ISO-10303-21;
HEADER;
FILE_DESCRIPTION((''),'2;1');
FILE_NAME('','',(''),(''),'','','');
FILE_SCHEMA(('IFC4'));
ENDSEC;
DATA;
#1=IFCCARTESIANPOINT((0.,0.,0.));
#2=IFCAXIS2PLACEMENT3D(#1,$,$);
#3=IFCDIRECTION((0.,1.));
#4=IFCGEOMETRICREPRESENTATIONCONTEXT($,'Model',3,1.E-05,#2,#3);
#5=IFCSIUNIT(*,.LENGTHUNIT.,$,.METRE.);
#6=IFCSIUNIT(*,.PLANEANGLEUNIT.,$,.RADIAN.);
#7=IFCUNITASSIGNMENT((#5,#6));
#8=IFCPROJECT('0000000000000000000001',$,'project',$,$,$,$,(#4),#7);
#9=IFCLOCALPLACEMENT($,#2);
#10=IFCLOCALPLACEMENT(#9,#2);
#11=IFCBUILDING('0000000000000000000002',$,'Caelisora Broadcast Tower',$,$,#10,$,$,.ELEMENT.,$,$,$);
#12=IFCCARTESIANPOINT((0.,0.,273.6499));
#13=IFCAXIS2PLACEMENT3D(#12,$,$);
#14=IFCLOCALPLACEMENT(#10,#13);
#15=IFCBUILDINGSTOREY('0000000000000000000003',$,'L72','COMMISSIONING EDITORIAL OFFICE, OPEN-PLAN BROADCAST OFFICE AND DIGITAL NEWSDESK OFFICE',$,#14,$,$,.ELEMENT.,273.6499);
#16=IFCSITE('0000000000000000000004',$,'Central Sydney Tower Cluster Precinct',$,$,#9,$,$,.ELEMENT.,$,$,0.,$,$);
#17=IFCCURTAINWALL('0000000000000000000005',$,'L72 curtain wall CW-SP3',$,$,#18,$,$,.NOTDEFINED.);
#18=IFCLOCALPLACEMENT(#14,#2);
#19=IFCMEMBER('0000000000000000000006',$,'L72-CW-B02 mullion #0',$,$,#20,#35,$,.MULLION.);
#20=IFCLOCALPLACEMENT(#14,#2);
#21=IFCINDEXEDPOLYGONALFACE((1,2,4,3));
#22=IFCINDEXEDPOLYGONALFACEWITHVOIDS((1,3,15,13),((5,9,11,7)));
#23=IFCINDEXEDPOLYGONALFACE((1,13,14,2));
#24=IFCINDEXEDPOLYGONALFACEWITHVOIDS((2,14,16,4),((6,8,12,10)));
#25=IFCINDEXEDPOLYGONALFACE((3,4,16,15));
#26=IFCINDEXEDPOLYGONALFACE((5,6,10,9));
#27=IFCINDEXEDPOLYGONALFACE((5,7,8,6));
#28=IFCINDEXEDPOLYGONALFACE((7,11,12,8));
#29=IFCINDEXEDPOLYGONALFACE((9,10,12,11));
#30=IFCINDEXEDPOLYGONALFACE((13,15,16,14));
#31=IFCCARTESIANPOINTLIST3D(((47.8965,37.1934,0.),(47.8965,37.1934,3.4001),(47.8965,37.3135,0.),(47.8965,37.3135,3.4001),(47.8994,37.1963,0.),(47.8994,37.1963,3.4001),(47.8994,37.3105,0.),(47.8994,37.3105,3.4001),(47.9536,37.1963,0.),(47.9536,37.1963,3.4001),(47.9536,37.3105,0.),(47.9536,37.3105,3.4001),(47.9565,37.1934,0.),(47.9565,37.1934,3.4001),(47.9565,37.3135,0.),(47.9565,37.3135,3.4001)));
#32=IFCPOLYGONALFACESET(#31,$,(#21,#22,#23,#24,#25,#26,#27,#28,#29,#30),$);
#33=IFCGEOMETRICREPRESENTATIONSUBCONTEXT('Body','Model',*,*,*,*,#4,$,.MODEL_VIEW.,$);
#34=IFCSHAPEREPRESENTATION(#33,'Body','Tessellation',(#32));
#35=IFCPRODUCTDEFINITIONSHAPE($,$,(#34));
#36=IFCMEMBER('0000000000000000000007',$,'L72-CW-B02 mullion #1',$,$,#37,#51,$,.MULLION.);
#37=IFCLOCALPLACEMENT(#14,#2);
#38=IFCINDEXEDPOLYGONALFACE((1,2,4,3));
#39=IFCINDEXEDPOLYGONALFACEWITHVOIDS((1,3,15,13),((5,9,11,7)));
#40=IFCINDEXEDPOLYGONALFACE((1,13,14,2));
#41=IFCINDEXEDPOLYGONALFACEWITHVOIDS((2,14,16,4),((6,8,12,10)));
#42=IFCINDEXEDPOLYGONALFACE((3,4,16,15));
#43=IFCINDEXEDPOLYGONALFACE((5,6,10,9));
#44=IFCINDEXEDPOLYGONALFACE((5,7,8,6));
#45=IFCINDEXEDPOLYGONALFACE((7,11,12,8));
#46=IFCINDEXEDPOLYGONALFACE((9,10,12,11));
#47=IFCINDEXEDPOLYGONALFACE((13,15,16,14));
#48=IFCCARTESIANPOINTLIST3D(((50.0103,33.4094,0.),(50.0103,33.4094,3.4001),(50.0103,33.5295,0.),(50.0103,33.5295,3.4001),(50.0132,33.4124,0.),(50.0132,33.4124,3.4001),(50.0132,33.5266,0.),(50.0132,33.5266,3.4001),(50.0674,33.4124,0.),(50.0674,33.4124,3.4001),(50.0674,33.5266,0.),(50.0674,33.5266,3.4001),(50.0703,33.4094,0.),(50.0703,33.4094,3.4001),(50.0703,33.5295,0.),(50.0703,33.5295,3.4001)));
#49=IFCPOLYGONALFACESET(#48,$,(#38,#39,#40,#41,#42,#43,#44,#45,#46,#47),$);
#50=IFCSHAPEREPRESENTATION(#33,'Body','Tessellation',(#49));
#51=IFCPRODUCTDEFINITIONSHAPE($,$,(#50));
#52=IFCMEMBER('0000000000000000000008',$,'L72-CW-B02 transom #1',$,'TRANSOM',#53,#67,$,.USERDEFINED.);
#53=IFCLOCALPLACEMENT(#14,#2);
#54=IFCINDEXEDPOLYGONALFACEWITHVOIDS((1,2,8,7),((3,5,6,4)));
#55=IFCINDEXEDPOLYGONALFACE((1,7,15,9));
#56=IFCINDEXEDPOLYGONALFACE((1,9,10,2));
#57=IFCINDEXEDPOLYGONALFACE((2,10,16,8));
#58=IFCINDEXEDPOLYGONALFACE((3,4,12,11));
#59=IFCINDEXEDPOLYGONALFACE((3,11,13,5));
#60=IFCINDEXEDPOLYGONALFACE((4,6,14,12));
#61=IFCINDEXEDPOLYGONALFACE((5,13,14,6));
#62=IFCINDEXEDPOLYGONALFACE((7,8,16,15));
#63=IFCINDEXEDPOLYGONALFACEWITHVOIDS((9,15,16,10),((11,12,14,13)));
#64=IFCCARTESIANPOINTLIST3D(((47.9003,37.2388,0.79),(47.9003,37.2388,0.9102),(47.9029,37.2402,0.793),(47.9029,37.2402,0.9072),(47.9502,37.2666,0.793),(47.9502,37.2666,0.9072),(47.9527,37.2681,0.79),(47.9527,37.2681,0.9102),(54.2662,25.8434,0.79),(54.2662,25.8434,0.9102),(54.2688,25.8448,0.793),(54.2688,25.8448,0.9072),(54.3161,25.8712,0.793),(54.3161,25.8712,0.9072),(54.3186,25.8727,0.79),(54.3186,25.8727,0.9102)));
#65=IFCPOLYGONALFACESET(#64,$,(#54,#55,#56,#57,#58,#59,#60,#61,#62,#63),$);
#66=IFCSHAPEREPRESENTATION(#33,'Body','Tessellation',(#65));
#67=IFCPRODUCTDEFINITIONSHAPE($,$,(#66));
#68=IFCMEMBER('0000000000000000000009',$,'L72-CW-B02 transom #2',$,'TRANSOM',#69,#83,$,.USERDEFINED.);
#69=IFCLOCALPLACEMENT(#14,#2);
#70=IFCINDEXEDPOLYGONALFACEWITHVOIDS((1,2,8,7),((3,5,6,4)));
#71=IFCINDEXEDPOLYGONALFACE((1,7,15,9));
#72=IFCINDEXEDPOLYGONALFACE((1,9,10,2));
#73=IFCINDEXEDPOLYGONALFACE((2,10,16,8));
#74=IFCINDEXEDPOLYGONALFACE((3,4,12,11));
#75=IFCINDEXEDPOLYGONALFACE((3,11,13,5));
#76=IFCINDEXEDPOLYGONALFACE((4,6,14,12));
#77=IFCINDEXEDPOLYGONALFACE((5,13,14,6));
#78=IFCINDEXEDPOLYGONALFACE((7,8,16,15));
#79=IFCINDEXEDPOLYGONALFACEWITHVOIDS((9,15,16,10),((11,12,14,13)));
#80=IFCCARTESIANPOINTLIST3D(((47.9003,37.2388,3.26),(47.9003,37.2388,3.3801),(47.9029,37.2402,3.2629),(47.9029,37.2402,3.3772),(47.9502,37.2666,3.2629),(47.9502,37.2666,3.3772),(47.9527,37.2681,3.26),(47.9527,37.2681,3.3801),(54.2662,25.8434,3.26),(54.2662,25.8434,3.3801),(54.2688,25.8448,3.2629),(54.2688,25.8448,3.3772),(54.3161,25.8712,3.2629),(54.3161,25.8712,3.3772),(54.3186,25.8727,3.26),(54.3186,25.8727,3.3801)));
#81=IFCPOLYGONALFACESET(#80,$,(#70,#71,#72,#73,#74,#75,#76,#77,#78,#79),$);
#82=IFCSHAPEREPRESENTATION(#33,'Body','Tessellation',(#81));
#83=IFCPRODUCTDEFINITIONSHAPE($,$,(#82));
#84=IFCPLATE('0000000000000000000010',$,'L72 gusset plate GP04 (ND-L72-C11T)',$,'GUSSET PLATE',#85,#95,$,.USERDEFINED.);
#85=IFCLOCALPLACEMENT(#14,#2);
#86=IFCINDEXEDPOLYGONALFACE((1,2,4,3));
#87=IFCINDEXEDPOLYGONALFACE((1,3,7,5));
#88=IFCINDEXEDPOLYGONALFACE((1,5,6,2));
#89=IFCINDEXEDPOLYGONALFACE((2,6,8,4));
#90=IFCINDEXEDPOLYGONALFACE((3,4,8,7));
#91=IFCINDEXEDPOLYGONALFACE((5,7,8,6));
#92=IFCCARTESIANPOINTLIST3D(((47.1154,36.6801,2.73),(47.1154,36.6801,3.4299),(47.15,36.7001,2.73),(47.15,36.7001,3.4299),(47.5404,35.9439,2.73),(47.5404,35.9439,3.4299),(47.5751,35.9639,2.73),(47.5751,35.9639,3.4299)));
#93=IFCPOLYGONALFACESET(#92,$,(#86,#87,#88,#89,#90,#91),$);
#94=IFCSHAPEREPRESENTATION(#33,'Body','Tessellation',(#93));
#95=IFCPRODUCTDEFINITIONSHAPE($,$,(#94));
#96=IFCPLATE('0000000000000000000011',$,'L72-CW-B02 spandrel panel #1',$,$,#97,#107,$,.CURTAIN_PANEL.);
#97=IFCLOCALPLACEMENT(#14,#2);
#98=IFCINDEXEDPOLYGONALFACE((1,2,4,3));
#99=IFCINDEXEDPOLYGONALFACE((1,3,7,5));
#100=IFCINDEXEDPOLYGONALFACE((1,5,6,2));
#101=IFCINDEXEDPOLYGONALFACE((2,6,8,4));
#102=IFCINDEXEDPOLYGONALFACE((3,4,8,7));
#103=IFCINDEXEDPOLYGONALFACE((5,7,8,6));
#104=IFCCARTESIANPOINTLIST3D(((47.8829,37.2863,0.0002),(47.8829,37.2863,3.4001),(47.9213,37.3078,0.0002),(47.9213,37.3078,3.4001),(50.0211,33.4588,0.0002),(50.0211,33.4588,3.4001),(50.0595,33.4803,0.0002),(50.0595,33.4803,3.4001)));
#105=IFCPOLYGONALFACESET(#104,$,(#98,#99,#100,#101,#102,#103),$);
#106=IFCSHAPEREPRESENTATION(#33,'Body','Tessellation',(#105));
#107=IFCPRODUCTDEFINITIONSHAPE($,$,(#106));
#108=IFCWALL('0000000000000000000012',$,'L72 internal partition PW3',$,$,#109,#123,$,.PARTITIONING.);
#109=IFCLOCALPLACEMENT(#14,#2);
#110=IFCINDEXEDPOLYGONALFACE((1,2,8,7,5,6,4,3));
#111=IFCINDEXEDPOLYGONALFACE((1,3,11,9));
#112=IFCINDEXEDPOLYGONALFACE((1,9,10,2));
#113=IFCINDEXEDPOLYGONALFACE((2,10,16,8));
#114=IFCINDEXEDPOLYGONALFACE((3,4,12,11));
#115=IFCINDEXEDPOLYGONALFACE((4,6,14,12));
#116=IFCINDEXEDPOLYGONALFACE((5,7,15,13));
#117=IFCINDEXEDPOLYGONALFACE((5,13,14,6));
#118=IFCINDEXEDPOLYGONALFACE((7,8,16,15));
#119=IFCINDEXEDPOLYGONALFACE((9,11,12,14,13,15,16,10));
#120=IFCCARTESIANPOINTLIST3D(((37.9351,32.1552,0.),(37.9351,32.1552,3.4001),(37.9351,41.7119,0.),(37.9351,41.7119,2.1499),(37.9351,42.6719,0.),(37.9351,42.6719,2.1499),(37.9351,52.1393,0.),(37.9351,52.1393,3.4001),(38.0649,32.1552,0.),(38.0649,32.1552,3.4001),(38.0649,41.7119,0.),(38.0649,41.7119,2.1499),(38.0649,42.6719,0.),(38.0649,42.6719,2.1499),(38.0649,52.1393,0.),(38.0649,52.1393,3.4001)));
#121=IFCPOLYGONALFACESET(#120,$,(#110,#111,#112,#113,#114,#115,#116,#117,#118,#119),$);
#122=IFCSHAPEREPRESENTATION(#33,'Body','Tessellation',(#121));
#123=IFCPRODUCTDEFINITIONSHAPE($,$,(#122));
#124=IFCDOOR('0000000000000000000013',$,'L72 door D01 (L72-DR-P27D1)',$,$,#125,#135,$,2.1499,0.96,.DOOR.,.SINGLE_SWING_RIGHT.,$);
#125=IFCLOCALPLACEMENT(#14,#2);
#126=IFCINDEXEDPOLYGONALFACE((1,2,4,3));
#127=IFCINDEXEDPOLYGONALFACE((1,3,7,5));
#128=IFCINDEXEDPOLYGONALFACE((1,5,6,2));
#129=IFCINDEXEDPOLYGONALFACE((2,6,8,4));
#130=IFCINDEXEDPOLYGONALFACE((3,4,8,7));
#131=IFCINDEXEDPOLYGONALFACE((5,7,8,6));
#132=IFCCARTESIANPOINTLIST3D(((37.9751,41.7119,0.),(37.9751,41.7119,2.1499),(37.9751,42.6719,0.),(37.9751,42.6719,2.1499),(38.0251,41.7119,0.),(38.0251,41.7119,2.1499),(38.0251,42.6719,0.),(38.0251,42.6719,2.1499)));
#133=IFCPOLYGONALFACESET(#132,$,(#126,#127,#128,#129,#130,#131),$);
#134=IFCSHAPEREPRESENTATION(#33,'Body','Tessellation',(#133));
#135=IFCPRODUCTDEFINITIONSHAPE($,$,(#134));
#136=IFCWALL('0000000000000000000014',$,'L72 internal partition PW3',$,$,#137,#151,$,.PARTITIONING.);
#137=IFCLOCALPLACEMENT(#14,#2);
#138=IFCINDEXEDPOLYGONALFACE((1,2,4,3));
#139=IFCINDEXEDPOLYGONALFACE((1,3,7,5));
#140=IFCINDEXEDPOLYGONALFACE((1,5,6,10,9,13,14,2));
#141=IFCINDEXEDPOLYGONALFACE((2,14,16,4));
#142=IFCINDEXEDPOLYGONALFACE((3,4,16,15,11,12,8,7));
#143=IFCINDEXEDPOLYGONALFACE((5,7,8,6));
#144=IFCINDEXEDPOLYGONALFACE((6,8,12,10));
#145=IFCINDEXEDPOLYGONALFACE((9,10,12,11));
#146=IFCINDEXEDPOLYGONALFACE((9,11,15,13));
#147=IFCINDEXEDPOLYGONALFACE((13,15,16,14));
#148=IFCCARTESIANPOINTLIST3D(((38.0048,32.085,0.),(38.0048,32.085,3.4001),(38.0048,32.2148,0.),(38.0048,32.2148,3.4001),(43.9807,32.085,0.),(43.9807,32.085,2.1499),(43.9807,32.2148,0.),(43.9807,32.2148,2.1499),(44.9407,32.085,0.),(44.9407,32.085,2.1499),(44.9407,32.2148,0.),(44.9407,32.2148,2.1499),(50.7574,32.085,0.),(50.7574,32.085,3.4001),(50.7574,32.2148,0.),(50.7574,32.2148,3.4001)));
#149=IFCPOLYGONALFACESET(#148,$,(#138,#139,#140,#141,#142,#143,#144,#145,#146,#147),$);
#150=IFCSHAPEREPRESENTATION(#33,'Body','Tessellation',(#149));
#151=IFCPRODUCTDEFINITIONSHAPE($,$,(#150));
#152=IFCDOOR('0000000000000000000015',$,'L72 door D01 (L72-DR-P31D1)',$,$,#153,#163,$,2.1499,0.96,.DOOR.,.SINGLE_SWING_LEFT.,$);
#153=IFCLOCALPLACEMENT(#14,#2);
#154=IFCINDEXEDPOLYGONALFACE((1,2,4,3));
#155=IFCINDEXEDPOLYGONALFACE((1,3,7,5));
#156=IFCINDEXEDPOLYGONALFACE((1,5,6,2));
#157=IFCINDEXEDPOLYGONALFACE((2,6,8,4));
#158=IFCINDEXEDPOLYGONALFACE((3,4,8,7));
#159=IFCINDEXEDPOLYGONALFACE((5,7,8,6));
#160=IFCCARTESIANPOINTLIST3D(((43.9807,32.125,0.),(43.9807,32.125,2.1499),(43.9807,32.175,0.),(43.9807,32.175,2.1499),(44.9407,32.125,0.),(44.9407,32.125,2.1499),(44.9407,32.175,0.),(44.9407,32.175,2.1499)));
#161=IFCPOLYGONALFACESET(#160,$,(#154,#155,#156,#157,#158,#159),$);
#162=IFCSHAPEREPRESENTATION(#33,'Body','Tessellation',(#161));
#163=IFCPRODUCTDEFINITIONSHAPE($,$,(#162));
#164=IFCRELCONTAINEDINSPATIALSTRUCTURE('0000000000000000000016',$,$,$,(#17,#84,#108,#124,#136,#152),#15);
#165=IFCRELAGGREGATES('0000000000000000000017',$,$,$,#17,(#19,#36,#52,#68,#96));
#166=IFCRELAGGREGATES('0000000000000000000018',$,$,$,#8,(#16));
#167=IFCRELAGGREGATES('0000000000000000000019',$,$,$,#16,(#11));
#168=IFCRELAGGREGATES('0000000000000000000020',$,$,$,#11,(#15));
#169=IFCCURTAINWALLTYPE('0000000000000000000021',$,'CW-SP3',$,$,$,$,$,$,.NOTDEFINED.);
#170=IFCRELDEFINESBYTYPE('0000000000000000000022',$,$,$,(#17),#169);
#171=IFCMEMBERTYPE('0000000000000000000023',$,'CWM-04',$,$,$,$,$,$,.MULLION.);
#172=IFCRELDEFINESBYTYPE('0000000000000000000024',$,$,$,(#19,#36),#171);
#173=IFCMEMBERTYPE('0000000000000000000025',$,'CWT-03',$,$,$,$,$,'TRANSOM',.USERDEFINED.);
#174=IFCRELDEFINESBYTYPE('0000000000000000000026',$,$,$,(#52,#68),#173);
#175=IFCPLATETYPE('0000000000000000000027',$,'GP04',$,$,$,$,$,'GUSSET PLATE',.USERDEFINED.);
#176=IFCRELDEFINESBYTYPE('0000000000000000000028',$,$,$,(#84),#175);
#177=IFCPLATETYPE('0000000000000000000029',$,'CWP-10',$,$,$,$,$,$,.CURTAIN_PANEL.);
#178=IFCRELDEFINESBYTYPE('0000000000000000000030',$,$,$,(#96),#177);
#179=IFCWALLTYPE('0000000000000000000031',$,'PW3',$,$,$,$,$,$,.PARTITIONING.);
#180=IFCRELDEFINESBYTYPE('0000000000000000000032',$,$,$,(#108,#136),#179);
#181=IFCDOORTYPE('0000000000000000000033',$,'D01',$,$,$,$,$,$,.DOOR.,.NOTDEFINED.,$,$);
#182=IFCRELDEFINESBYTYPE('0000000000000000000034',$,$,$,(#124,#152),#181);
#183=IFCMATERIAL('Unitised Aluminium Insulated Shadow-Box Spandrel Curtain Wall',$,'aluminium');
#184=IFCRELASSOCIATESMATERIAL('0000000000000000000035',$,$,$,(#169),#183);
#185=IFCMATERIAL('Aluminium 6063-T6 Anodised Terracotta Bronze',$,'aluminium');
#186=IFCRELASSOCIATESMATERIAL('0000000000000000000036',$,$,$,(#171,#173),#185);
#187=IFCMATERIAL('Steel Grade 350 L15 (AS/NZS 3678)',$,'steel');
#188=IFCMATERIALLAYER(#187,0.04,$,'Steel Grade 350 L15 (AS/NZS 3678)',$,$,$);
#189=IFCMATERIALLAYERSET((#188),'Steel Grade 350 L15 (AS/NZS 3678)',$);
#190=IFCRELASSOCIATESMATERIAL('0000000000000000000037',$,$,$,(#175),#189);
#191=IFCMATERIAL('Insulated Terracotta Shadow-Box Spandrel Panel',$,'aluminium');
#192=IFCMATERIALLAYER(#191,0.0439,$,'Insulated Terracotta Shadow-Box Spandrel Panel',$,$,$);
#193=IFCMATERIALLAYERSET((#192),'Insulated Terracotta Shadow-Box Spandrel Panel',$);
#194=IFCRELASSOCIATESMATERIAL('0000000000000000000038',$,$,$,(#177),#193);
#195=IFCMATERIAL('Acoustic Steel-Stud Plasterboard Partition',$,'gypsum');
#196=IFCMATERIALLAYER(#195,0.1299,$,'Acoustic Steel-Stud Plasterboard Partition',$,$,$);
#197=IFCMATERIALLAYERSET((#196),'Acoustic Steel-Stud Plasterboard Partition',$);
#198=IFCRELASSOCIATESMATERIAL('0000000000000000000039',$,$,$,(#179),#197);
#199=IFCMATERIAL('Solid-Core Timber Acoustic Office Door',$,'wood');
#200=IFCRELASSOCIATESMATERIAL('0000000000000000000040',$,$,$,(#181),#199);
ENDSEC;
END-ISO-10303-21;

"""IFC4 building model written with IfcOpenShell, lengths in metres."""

from ifc_helpers import new_model, si_unit, direction, frame, frame_2d, origin, origin_2d, place, context, subcontext, project, spatial, rectangle, hollow_rectangle, extrude, source, transform, mapped, material, layer, layer_set, material_profile, profile_set, type_object, type_shapes, element, fill, aggregate, save


model = new_model("IFC4")

# Units and contexts
model_context = context("Model", 3, precision=1e-05, world=origin(), true_north=direction((0.0, 1.0)))
body_context = subcontext(model_context, "Body", "Model", "MODEL_VIEW")
ifc_project = project(units=[si_unit("LENGTHUNIT", "METRE"), si_unit("PLANEANGLEUNIT", "RADIAN")], contexts=[model_context])

# Site, building, storey
site_placement = place(None, origin())
site = spatial("IfcSite", under=ifc_project, at=site_placement, Name="Central Sydney Tower Cluster Precinct", CompositionType="ELEMENT", RefElevation=0.0)
building_placement = place(site_placement, origin())
building = spatial("IfcBuilding", under=site, at=building_placement, Name="Caelisora Broadcast Tower", CompositionType="ELEMENT")
storey_placement = place(building_placement, frame((0.0, 0.0, 273.6499)))
storey = spatial("IfcBuildingStorey", under=building, at=storey_placement, Name="L72", Description="COMMISSIONING EDITORIAL OFFICE, OPEN-PLAN BROADCAST OFFICE AND DIGITAL NEWSDESK OFFICE", CompositionType="ELEMENT", Elevation=273.6499)

# Shared definitions
ifc_material_1 = material(Name="Steel Grade 350 L15 (AS/NZS 3678)", Category="steel")

# Curtain wall, members
ifc_material_2 = material(Name="Unitised Aluminium Insulated Shadow-Box Spandrel Curtain Wall", Category="aluminium")
curtain_wall_type = type_object("IfcCurtainWallType", Name="CW-SP3", PredefinedType="NOTDEFINED", material=ifc_material_2)
curtain_wall_placement = place(storey_placement, origin())
curtain_wall = element("IfcCurtainWall", 1, at=curtain_wall_placement, inside=storey, type_object=curtain_wall_type, Name="L72 curtain wall CW-SP3", PredefinedType="NOTDEFINED")
ifc_material_3 = material(Name="Aluminium 6063-T6 Anodised Terracotta Bronze", Category="aluminium")
ifc_material_profile_1 = material_profile(ifc_material_3, hollow_rectangle(XDim=0.0601, YDim=0.1201, WallThickness=0.0029, at=origin_2d()), Name="Aluminium 6063-T6 Anodised Terracotta Bronze")
ifc_profile_set_1 = profile_set([ifc_material_profile_1], Name="Aluminium 6063-T6 Anodised Terracotta Bronze")
member_type_1 = type_object("IfcMemberType", Name="CWM-04", PredefinedType="MULLION", material=ifc_profile_set_1)
shared_shape_1 = source(origin(), body_context, "Body", "SweptSolid", [
    extrude(hollow_rectangle(XDim=0.0601, YDim=0.1201, WallThickness=0.0029, at=origin_2d()), origin(), (0.0, 0.0, 1.0), 3.4001),
])
type_shapes(member_type_1, [shared_shape_1])
member_1_placement = place(storey_placement, frame((47.9265, 37.2534, 0.0), z_axis=(0.0, 0.0, 1.0), x_axis=(1.0, 0.0, 0.0)))
member_1 = element("IfcMember", 2, at=member_1_placement, type_object=member_type_1, Name="L72-CW-B02 mullion #0", PredefinedType="MULLION", context=body_context, shape_type="MappedRepresentation", body=[
    mapped(shared_shape_1, transform((0.0, 0.0, 0.0), scale=1.0)),
])
member_2_placement = place(storey_placement, frame((50.0403, 33.4695, 0.0), z_axis=(0.0, 0.0, 1.0), x_axis=(1.0, 0.0, 0.0)))
member_2 = element("IfcMember", 3, at=member_2_placement, type_object=member_type_1, Name="L72-CW-B02 mullion #1", PredefinedType="MULLION", context=body_context, shape_type="MappedRepresentation", body=[
    mapped(shared_shape_1, transform((0.0, 0.0, 0.0), scale=1.0)),
])
ifc_material_profile_2 = material_profile(ifc_material_3, hollow_rectangle(XDim=0.0601, YDim=0.1201, WallThickness=0.0029, at=origin_2d()), Name="Aluminium 6063-T6 Anodised Terracotta Bronze")
ifc_profile_set_2 = profile_set([ifc_material_profile_2], Name="Aluminium 6063-T6 Anodised Terracotta Bronze")
member_type_2 = type_object("IfcMemberType", Name="CWT-03", ElementType="TRANSOM", PredefinedType="USERDEFINED", material=ifc_profile_set_2)
shared_shape_2 = source(origin(), body_context, "Body", "SweptSolid", [
    extrude(hollow_rectangle(XDim=0.0601, YDim=0.1201, WallThickness=0.0029, at=origin_2d()), origin(), (0.0, 0.0, 1.0), 13.053),
])
type_shapes(member_type_2, [shared_shape_2])
member_3_placement = place(storey_placement, frame((47.9265, 37.2534, 0.8501), z_axis=(0.487698, -0.873012, 0.0), x_axis=(0.873012, 0.487698, 0.0)))
member_3 = element("IfcMember", 4, at=member_3_placement, type_object=member_type_2, Name="L72-CW-B02 transom #1", ObjectType="TRANSOM", PredefinedType="USERDEFINED", context=body_context, shape_type="MappedRepresentation", body=[
    mapped(shared_shape_2, transform((0.0, 0.0, 0.0), scale=1.0)),
])
member_4_placement = place(storey_placement, frame((47.9265, 37.2534, 3.3201), z_axis=(0.487698, -0.873012, 0.0), x_axis=(0.873012, 0.487698, 0.0)))
member_4 = element("IfcMember", 5, at=member_4_placement, type_object=member_type_2, Name="L72-CW-B02 transom #2", ObjectType="TRANSOM", PredefinedType="USERDEFINED", context=body_context, shape_type="MappedRepresentation", body=[
    mapped(shared_shape_2, transform((0.0, 0.0, 0.0), scale=1.0)),
])

# Plates
ifc_layer_1 = layer(ifc_material_1, 0.04, Name="Steel Grade 350 L15 (AS/NZS 3678)")
ifc_layer_set_1 = layer_set([ifc_layer_1], Name="Steel Grade 350 L15 (AS/NZS 3678)")
plate_type_1 = type_object("IfcPlateType", Name="GP04", ElementType="GUSSET PLATE", PredefinedType="USERDEFINED", material=ifc_layer_set_1)
shared_shape_3 = source(origin(), body_context, "Body", "SweptSolid", [
    extrude(rectangle(XDim=0.8501, YDim=0.04, at=origin_2d()), origin(), (0.0, 0.0, 1.0), 0.7),
])
type_shapes(plate_type_1, [shared_shape_3])
plate_1_placement = place(storey_placement, frame((47.3452, 36.322, 2.73), z_axis=(0.0, 0.0, 1.0), x_axis=(-0.5, 0.866025, 0.0)))
element("IfcPlate", 6, at=plate_1_placement, inside=storey, type_object=plate_type_1, Name="L72 gusset plate GP04 (ND-L72-C11T)", ObjectType="GUSSET PLATE", PredefinedType="USERDEFINED", context=body_context, shape_type="MappedRepresentation", body=[
    mapped(shared_shape_3, transform((0.0, 0.0, 0.0), scale=1.0)),
])
ifc_material_4 = material(Name="Insulated Terracotta Shadow-Box Spandrel Panel", Category="aluminium")
ifc_layer_2 = layer(ifc_material_4, 0.0439, Name="Insulated Terracotta Shadow-Box Spandrel Panel")
ifc_layer_set_2 = layer_set([ifc_layer_2], Name="Insulated Terracotta Shadow-Box Spandrel Panel")
plate_type_2 = type_object("IfcPlateType", Name="CWP-10", PredefinedType="CURTAIN_PANEL", material=ifc_layer_set_2)
shared_shape_4 = source(origin(), body_context, "Body", "SweptSolid", [
    extrude(rectangle(XDim=4.3843, YDim=0.0439, at=origin_2d()), origin(), (0.0, 0.0, 1.0), 3.3999),
])
type_shapes(plate_type_2, [shared_shape_4])
plate_2_placement = place(storey_placement, frame((48.9712, 35.3833, 0.0002), z_axis=(0.0, 0.0, 1.0), x_axis=(0.487707, -0.873007, 0.0)))
plate_2 = element("IfcPlate", 7, at=plate_2_placement, type_object=plate_type_2, Name="L72-CW-B02 spandrel panel #1", PredefinedType="CURTAIN_PANEL", context=body_context, shape_type="MappedRepresentation", body=[
    mapped(shared_shape_4, transform((0.0, 0.0, 0.0), scale=1.0)),
])
aggregate(curtain_wall, [member_1, member_2, member_3, member_4, plate_2])

# Walls, openings, doors
ifc_material_5 = material(Name="Acoustic Steel-Stud Plasterboard Partition", Category="gypsum")
ifc_layer_3 = layer(ifc_material_5, 0.1299, Name="Acoustic Steel-Stud Plasterboard Partition")
ifc_layer_set_3 = layer_set([ifc_layer_3], Name="Acoustic Steel-Stud Plasterboard Partition")
wall_type_1 = type_object("IfcWallType", Name="PW3", PredefinedType="PARTITIONING", material=ifc_layer_set_3)
wall_1_placement = place(storey_placement, frame((38.0, 32.155, 0.0), z_axis=(0.0, 0.0, 1.0), x_axis=(0.0, 1.0, 0.0)))
wall_1 = element("IfcWall", 8, at=wall_1_placement, inside=storey, type_object=wall_type_1, Name="L72 internal partition PW3", PredefinedType="PARTITIONING", context=body_context, shape_type="SweptSolid", body=[
    extrude(rectangle(XDim=19.9841, YDim=0.1299, at=frame_2d((9.9922, 0.0))), origin(), (0.0, 0.0, 1.0), 3.4001),
])
opening_1_placement = place(wall_1_placement, frame((9.5569, 0.0, 0.0)))
opening_1 = element("IfcOpeningElement", 9, at=opening_1_placement, cuts=wall_1, PredefinedType="OPENING", context=body_context, shape_type="SweptSolid", body=[
    extrude(rectangle(XDim=0.96, YDim=2.1499, at=frame_2d((0.48, 1.075))), frame((0.0, 0.0769, 0.0), z_axis=(0.0, -1.0, 0.0), x_axis=(1.0, 0.0, 0.0)), (0.0, 0.0, 1.0), 0.1538),
])
ifc_material_6 = material(Name="Solid-Core Timber Acoustic Office Door", Category="wood")
door_type = type_object("IfcDoorType", Name="D01", OperationType="NOTDEFINED", PredefinedType="DOOR", material=ifc_material_6)
door_1_placement = place(opening_1_placement, origin())
door_1 = element("IfcDoor", 10, at=door_1_placement, inside=storey, type_object=door_type, Name="L72 door D01 (L72-DR-P27D1)", OperationType="SINGLE_SWING_RIGHT", OverallHeight=2.1499, OverallWidth=0.96, PredefinedType="DOOR", context=body_context, shape_type="SweptSolid", body=[
    extrude(rectangle(XDim=0.96, YDim=2.1499, at=frame_2d((0.48, 1.075))), frame((0.0, 0.0249, 0.0), z_axis=(0.0, -1.0, 0.0), x_axis=(1.0, 0.0, 0.0)), (0.0, 0.0, 1.0), 0.05),
])
fill(opening_1, door_1)
wall_2_placement = place(storey_placement, frame((50.7576, 32.1499, 0.0), z_axis=(0.0, 0.0, 1.0), x_axis=(-1.0, 0.0, 0.0)))
wall_2 = element("IfcWall", 11, at=wall_2_placement, inside=storey, type_object=wall_type_1, Name="L72 internal partition PW3", PredefinedType="PARTITIONING", context=body_context, shape_type="SweptSolid", body=[
    extrude(rectangle(XDim=12.7527, YDim=0.1299, at=frame_2d((6.3765, 0.0))), origin(), (0.0, 0.0, 1.0), 3.4001),
])
opening_2_placement = place(wall_2_placement, frame((5.8169, 0.0, 0.0)))
opening_2 = element("IfcOpeningElement", 12, at=opening_2_placement, cuts=wall_2, PredefinedType="OPENING", context=body_context, shape_type="SweptSolid", body=[
    extrude(rectangle(XDim=0.96, YDim=2.1499, at=frame_2d((0.48, 1.075))), frame((0.0, 0.0769, 0.0), z_axis=(0.0, -1.0, 0.0), x_axis=(1.0, 0.0, 0.0)), (0.0, 0.0, 1.0), 0.1538),
])
door_2_placement = place(opening_2_placement, origin())
door_2 = element("IfcDoor", 13, at=door_2_placement, inside=storey, type_object=door_type, Name="L72 door D01 (L72-DR-P31D1)", OperationType="SINGLE_SWING_LEFT", OverallHeight=2.1499, OverallWidth=0.96, PredefinedType="DOOR", context=body_context, shape_type="SweptSolid", body=[
    extrude(rectangle(XDim=0.96, YDim=2.1499, at=frame_2d((0.48, 1.075))), frame((0.0, 0.0249, 0.0), z_axis=(0.0, -1.0, 0.0), x_axis=(1.0, 0.0, 0.0)), (0.0, 0.0, 1.0), 0.05),
])
fill(opening_2, door_2)

save(model, "model.ifc")
